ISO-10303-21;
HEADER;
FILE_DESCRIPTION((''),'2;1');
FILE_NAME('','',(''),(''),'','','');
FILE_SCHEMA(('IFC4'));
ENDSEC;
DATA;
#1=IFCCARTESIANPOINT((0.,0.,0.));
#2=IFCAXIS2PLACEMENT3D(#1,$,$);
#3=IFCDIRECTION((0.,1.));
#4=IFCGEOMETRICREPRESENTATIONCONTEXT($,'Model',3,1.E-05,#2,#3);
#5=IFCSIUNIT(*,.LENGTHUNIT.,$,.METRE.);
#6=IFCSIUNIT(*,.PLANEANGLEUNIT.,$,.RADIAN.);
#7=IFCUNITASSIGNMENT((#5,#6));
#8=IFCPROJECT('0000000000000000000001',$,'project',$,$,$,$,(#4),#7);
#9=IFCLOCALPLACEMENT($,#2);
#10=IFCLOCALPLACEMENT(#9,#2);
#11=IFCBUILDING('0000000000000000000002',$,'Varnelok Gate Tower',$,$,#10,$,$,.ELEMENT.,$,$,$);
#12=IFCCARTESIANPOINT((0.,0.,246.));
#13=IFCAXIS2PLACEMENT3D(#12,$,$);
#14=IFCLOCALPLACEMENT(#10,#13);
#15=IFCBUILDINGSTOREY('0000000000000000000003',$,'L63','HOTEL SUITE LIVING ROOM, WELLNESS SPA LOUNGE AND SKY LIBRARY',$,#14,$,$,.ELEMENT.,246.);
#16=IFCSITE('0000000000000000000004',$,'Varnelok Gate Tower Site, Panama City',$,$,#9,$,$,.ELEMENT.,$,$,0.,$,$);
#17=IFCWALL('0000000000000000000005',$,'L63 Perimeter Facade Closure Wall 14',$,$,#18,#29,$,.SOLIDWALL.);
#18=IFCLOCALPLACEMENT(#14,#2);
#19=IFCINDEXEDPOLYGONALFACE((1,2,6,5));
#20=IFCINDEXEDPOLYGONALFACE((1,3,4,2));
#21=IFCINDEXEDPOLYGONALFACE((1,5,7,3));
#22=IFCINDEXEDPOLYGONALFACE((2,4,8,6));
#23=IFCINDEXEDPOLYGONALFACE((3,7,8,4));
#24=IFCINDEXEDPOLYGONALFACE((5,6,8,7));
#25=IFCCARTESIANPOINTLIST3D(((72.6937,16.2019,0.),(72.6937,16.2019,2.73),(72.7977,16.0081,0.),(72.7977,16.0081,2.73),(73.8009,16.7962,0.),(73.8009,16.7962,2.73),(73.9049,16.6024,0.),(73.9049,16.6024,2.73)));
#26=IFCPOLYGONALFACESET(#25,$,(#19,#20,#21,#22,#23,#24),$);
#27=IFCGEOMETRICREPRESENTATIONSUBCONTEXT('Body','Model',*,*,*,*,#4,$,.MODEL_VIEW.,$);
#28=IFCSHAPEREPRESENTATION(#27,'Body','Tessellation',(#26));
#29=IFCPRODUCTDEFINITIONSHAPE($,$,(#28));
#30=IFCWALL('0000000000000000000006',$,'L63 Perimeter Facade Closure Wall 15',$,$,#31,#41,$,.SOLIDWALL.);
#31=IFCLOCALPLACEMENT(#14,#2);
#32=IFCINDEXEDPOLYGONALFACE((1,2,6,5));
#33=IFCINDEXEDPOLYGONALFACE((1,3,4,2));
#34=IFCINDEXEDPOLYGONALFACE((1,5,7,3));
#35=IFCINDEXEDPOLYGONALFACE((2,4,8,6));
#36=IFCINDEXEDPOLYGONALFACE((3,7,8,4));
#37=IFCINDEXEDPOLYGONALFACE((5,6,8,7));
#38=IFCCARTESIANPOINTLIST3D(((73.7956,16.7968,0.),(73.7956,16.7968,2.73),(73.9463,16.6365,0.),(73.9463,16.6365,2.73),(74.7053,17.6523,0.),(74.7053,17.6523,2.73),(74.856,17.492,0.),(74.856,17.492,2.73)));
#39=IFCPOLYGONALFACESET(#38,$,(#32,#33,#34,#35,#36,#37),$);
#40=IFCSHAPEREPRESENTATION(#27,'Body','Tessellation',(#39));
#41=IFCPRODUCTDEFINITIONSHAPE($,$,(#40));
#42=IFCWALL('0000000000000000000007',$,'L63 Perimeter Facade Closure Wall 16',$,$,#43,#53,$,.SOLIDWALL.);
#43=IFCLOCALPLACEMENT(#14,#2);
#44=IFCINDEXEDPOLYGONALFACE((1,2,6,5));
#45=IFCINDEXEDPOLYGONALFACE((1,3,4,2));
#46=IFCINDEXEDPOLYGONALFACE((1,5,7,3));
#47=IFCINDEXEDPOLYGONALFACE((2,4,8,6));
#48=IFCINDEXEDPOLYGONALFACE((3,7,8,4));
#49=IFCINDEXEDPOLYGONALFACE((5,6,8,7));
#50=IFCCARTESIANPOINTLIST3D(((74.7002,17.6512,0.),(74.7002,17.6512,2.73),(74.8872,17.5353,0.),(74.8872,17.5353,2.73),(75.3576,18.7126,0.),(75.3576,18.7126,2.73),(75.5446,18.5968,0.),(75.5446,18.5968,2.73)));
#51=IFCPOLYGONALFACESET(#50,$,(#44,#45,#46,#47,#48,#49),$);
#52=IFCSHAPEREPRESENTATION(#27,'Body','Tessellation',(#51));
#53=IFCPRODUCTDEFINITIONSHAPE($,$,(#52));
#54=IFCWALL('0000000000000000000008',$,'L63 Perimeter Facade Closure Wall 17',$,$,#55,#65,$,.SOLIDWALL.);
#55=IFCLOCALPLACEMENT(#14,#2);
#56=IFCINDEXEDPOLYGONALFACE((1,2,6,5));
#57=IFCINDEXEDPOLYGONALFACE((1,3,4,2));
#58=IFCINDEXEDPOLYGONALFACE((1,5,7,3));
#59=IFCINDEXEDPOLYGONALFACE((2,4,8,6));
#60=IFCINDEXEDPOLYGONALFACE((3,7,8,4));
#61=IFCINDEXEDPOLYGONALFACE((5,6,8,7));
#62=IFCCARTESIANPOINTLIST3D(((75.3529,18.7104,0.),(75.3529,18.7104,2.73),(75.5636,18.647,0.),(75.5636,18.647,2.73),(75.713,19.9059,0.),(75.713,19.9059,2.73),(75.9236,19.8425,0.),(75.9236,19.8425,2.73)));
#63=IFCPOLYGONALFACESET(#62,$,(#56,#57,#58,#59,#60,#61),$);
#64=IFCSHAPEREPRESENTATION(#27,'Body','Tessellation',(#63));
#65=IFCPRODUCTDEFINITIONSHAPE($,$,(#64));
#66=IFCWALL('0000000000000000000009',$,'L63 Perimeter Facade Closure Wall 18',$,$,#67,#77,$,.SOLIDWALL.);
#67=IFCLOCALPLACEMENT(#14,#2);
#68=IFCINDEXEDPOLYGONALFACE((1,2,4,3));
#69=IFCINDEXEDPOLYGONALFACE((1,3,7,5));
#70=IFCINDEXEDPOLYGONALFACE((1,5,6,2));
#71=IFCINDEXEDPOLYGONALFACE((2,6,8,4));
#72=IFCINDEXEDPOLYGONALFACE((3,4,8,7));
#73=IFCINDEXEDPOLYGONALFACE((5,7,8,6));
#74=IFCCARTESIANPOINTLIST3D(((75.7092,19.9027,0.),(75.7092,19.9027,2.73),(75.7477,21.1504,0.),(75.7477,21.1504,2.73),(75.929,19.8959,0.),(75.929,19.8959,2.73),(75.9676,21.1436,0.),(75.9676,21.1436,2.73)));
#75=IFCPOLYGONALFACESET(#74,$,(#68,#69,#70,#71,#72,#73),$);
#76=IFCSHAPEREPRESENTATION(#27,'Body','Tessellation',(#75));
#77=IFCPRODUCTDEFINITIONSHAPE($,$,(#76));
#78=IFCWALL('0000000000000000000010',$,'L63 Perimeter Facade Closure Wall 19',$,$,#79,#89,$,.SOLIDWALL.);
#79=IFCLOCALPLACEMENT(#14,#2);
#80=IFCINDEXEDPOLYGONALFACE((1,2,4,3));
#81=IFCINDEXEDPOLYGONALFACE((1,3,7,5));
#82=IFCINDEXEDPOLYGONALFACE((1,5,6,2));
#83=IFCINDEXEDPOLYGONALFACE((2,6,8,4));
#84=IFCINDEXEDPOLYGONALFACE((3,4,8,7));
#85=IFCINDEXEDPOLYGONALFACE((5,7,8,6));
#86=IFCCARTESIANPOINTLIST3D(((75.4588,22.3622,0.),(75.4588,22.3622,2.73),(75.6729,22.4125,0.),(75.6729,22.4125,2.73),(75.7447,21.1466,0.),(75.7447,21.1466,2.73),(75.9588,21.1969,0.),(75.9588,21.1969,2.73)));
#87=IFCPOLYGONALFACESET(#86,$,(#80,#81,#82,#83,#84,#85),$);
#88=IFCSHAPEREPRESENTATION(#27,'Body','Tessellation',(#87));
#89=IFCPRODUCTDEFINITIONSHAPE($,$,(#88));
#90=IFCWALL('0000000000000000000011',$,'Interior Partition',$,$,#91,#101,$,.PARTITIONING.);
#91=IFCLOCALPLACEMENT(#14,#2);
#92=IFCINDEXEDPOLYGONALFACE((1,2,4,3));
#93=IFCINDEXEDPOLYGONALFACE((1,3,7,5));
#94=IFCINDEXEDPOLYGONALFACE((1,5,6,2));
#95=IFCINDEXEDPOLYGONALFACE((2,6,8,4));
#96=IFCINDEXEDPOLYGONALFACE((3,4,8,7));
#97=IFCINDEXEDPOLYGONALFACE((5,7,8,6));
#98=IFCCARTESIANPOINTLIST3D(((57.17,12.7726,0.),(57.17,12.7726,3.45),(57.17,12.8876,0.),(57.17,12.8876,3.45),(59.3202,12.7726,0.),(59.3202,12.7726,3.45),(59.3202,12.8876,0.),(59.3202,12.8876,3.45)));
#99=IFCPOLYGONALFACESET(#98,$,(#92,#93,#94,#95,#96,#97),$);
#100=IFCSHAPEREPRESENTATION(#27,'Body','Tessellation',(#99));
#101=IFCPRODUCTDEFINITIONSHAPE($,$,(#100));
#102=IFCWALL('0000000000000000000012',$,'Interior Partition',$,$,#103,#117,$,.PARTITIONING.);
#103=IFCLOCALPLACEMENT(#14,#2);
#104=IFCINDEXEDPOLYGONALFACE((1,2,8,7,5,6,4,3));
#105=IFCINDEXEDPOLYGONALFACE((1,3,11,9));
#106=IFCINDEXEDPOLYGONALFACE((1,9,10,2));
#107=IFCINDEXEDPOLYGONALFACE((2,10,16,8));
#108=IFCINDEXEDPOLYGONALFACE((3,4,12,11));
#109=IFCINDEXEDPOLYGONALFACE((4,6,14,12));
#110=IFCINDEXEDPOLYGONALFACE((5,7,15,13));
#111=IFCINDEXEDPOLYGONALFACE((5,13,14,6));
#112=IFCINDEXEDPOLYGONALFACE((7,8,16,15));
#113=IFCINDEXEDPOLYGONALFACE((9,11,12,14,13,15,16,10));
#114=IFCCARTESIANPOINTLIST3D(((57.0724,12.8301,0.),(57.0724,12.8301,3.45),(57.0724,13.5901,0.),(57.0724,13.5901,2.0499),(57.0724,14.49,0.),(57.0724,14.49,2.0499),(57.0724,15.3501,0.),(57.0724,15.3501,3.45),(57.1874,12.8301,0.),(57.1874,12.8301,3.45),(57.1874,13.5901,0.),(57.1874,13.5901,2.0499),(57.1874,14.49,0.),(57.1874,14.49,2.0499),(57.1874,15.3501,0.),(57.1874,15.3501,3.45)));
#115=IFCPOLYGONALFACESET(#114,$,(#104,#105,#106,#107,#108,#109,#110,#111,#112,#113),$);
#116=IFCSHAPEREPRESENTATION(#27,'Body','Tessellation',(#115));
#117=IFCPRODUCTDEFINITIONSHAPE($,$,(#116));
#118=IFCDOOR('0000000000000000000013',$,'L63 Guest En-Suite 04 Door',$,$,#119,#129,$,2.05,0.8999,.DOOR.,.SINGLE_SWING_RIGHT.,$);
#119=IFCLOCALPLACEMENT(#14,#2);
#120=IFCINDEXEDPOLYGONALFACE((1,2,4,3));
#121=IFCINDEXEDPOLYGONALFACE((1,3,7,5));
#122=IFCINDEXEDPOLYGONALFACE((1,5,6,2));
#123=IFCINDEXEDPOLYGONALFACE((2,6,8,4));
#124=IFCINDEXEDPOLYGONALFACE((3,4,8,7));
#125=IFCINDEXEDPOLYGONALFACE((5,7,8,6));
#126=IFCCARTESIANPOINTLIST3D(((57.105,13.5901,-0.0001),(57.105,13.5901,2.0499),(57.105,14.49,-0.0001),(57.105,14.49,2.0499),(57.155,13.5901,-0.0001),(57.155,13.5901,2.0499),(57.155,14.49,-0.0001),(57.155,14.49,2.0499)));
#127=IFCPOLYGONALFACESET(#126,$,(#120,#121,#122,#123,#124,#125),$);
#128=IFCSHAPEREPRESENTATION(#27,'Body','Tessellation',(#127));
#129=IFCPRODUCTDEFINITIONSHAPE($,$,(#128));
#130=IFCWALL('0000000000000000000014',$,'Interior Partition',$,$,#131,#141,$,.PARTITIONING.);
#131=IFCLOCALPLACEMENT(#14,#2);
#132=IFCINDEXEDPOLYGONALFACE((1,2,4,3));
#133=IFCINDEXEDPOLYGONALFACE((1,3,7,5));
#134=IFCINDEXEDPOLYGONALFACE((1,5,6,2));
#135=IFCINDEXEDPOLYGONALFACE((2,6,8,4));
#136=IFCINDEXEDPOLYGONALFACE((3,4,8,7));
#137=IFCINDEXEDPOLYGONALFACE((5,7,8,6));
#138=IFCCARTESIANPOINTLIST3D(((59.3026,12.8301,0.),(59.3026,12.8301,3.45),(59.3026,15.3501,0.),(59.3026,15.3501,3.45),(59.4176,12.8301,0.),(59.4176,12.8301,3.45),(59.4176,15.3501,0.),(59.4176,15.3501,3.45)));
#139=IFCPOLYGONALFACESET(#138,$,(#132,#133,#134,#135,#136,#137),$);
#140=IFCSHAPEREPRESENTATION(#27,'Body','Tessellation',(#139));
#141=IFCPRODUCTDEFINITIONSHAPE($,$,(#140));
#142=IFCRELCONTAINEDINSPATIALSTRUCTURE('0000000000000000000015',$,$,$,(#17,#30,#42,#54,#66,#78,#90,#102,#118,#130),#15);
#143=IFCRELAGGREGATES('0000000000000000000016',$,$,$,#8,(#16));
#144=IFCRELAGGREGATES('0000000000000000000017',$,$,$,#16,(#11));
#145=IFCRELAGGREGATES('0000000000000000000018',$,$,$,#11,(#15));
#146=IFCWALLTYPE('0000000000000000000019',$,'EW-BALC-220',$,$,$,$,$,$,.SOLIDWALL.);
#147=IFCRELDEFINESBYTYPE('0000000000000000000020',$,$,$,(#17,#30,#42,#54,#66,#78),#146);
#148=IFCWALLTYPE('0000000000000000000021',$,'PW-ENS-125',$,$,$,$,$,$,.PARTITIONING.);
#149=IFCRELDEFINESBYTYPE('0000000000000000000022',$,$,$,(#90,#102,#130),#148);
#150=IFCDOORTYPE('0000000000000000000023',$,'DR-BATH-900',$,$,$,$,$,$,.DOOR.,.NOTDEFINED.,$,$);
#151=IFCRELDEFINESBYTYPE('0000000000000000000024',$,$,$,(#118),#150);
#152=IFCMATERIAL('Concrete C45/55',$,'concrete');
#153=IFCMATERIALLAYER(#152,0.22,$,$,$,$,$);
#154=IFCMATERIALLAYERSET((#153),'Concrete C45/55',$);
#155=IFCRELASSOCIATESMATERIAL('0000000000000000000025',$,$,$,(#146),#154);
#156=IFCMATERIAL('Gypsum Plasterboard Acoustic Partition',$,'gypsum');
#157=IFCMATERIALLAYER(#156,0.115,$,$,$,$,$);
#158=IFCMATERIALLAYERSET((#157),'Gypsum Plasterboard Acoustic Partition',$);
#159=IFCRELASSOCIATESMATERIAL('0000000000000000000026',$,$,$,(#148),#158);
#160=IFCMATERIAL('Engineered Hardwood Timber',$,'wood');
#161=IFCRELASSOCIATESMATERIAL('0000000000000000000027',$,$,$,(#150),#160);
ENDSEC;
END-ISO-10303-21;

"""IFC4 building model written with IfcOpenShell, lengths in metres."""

from ifc_helpers import new_model, si_unit, direction, frame, frame_2d, origin, place, context, subcontext, project, spatial, rectangle, extrude, material, layer, layer_set, type_object, element, fill, save


model = new_model("IFC4")

# Units and contexts
model_context = context("Model", 3, precision=1e-05, world=origin(), true_north=direction((0.0, 1.0)))
body_context = subcontext(model_context, "Body", "Model", "MODEL_VIEW")
ifc_project = project(units=[si_unit("LENGTHUNIT", "METRE"), si_unit("PLANEANGLEUNIT", "RADIAN")], contexts=[model_context])

# Site, building, storey
site_placement = place(None, origin())
site = spatial("IfcSite", under=ifc_project, at=site_placement, Name="Varnelok Gate Tower Site, Panama City", CompositionType="ELEMENT", RefElevation=0.0)
building_placement = place(site_placement, origin())
building = spatial("IfcBuilding", under=site, at=building_placement, Name="Varnelok Gate Tower", CompositionType="ELEMENT")
storey_placement = place(building_placement, frame((0.0, 0.0, 246.0)))
storey = spatial("IfcBuildingStorey", under=building, at=storey_placement, Name="L63", Description="HOTEL SUITE LIVING ROOM, WELLNESS SPA LOUNGE AND SKY LIBRARY", CompositionType="ELEMENT", Elevation=246.0)

# Shared definitions
ifc_material_1 = material(Name="Concrete C45/55", Category="concrete")
ifc_layer_1 = layer(ifc_material_1, 0.22)
ifc_layer_set_1 = layer_set([ifc_layer_1], Name="Concrete C45/55")
wall_type_1 = type_object("IfcWallType", Name="EW-BALC-220", PredefinedType="SOLIDWALL", material=ifc_layer_set_1)

# Walls
wall_1_placement = place(storey_placement, frame((72.7456, 16.105, 0.0), z_axis=(0.0, 0.0, 1.0), x_axis=(0.881113, 0.472906, 0.0)))
element("IfcWall", 1, at=wall_1_placement, inside=storey, type_object=wall_type_1, Name="L63 Perimeter Facade Closure Wall 14", PredefinedType="SOLIDWALL", context=body_context, shape_type="SweptSolid", body=[
    extrude(rectangle(XDim=1.2566, YDim=0.22, at=frame_2d((0.6284, 0.0))), origin(), (0.0, 0.0, 1.0), 2.73),
])
wall_2_placement = place(storey_placement, frame((73.8708, 16.7166, 0.0), z_axis=(0.0, 0.0, 1.0), x_axis=(0.728475, 0.685072, 0.0)))
element("IfcWall", 2, at=wall_2_placement, inside=storey, type_object=wall_type_1, Name="L63 Perimeter Facade Closure Wall 15", PredefinedType="SOLIDWALL", context=body_context, shape_type="SweptSolid", body=[
    extrude(rectangle(XDim=1.2488, YDim=0.22, at=frame_2d((0.6245, 0.0))), origin(), (0.0, 0.0, 1.0), 2.73),
])
for number, where, z_axis, x_axis, name in (
    (3, (74.7937, 17.5933, 0.0), (0.0, 0.0, 1.0), (0.52655, 0.850144, 0.0), "L63 Perimeter Facade Closure Wall 16"),
    (4, (75.4583, 18.6787, 0.0), (0.0, 0.0, 1.0), (0.288406, 0.957508, 0.0), "L63 Perimeter Facade Closure Wall 17"),
):
    element("IfcWall", number, at=place(storey_placement, frame(where, z_axis=z_axis, x_axis=x_axis)), inside=storey, type_object=wall_type_1, Name=name, PredefinedType="SOLIDWALL", context=body_context, shape_type="SweptSolid", body=[
        extrude(rectangle(XDim=1.2485, YDim=0.22, at=frame_2d((0.6243, 0.0))), origin(), (0.0, 0.0, 1.0), 2.73),
    ])
wall_3_placement = place(storey_placement, frame((75.8191, 19.8994, 0.0), z_axis=(0.0, 0.0, 1.0), x_axis=(0.030899, 0.999523, 0.0)))
element("IfcWall", 5, at=wall_3_placement, inside=storey, type_object=wall_type_1, Name="L63 Perimeter Facade Closure Wall 18", PredefinedType="SOLIDWALL", context=body_context, shape_type="SweptSolid", body=[
    extrude(rectangle(XDim=1.2483, YDim=0.22, at=frame_2d((0.624, 0.0))), origin(), (0.0, 0.0, 1.0), 2.73),
])
wall_4_placement = place(storey_placement, frame((75.8518, 21.1716, 0.0), z_axis=(0.0, 0.0, 1.0), x_axis=(-0.228941, 0.97344, 0.0)))
element("IfcWall", 6, at=wall_4_placement, inside=storey, type_object=wall_type_1, Name="L63 Perimeter Facade Closure Wall 19", PredefinedType="SOLIDWALL", context=body_context, shape_type="SweptSolid", body=[
    extrude(rectangle(XDim=1.2488, YDim=0.22, at=frame_2d((0.6245, 0.0))), origin(), (0.0, 0.0, 1.0), 2.73),
])
ifc_material_2 = material(Name="Gypsum Plasterboard Acoustic Partition", Category="gypsum")
ifc_layer_2 = layer(ifc_material_2, 0.115)
ifc_layer_set_2 = layer_set([ifc_layer_2], Name="Gypsum Plasterboard Acoustic Partition")
wall_type_2 = type_object("IfcWallType", Name="PW-ENS-125", PredefinedType="PARTITIONING", material=ifc_layer_set_2)
wall_5_placement = place(storey_placement, frame((57.1699, 12.8301, 0.0), z_axis=(0.0, 0.0, 1.0), x_axis=(1.0, 0.0, 0.0)))
element("IfcWall", 7, at=wall_5_placement, inside=storey, type_object=wall_type_2, Name="Interior Partition", PredefinedType="PARTITIONING", context=body_context, shape_type="SweptSolid", body=[
    extrude(rectangle(XDim=2.1501, YDim=0.115, at=frame_2d((1.0752, 0.0))), origin(), (0.0, 0.0, 1.0), 3.45),
])

# Wall, opening, door
wall_6_placement = place(storey_placement, frame((57.1299, 12.8301, 0.0), z_axis=(0.0, 0.0, 1.0), x_axis=(0.0, 1.0, 0.0)))
wall_6 = element("IfcWall", 8, at=wall_6_placement, inside=storey, type_object=wall_type_2, Name="Interior Partition", PredefinedType="PARTITIONING", context=body_context, shape_type="SweptSolid", body=[
    extrude(rectangle(XDim=2.52, YDim=0.115, at=frame_2d((1.26, 0.0))), origin(), (0.0, 0.0, 1.0), 3.45),
])
opening_1_placement = place(wall_6_placement, frame((0.76, 0.0, 0.0)))
opening_1 = element("IfcOpeningElement", 9, at=opening_1_placement, cuts=wall_6, PredefinedType="OPENING", context=body_context, shape_type="SweptSolid", body=[
    extrude(rectangle(XDim=0.8999, YDim=2.05, at=frame_2d((0.45, 1.0249))), frame((0.0, 0.0674, 0.0), z_axis=(0.0, -1.0, 0.0), x_axis=(1.0, 0.0, 0.0)), (0.0, 0.0, 1.0), 0.135),
])
ifc_material_3 = material(Name="Engineered Hardwood Timber", Category="wood")
door_type = type_object("IfcDoorType", Name="DR-BATH-900", OperationType="NOTDEFINED", PredefinedType="DOOR", material=ifc_material_3)
door_placement = place(opening_1_placement, origin())
door = element("IfcDoor", 10, at=door_placement, inside=storey, type_object=door_type, Name="L63 Guest En-Suite 04 Door", OperationType="SINGLE_SWING_RIGHT", OverallHeight=2.05, OverallWidth=0.8999, PredefinedType="DOOR", context=body_context, shape_type="SweptSolid", body=[
    extrude(rectangle(XDim=0.8999, YDim=2.05, at=frame_2d((0.45, 1.0249))), frame((0.0, 0.0249, 0.0), z_axis=(0.0, -1.0, 0.0), x_axis=(1.0, 0.0, 0.0)), (0.0, 0.0, 1.0), 0.05),
])
fill(opening_1, door)

# Wall
wall_7_placement = place(storey_placement, frame((59.3601, 12.8301, 0.0), z_axis=(0.0, 0.0, 1.0), x_axis=(0.0, 1.0, 0.0)))
element("IfcWall", 11, at=wall_7_placement, inside=storey, type_object=wall_type_2, Name="Interior Partition", PredefinedType="PARTITIONING", context=body_context, shape_type="SweptSolid", body=[
    extrude(rectangle(XDim=2.52, YDim=0.115, at=frame_2d((1.26, 0.0))), origin(), (0.0, 0.0, 1.0), 3.45),
])

save(model, "model.ifc")
